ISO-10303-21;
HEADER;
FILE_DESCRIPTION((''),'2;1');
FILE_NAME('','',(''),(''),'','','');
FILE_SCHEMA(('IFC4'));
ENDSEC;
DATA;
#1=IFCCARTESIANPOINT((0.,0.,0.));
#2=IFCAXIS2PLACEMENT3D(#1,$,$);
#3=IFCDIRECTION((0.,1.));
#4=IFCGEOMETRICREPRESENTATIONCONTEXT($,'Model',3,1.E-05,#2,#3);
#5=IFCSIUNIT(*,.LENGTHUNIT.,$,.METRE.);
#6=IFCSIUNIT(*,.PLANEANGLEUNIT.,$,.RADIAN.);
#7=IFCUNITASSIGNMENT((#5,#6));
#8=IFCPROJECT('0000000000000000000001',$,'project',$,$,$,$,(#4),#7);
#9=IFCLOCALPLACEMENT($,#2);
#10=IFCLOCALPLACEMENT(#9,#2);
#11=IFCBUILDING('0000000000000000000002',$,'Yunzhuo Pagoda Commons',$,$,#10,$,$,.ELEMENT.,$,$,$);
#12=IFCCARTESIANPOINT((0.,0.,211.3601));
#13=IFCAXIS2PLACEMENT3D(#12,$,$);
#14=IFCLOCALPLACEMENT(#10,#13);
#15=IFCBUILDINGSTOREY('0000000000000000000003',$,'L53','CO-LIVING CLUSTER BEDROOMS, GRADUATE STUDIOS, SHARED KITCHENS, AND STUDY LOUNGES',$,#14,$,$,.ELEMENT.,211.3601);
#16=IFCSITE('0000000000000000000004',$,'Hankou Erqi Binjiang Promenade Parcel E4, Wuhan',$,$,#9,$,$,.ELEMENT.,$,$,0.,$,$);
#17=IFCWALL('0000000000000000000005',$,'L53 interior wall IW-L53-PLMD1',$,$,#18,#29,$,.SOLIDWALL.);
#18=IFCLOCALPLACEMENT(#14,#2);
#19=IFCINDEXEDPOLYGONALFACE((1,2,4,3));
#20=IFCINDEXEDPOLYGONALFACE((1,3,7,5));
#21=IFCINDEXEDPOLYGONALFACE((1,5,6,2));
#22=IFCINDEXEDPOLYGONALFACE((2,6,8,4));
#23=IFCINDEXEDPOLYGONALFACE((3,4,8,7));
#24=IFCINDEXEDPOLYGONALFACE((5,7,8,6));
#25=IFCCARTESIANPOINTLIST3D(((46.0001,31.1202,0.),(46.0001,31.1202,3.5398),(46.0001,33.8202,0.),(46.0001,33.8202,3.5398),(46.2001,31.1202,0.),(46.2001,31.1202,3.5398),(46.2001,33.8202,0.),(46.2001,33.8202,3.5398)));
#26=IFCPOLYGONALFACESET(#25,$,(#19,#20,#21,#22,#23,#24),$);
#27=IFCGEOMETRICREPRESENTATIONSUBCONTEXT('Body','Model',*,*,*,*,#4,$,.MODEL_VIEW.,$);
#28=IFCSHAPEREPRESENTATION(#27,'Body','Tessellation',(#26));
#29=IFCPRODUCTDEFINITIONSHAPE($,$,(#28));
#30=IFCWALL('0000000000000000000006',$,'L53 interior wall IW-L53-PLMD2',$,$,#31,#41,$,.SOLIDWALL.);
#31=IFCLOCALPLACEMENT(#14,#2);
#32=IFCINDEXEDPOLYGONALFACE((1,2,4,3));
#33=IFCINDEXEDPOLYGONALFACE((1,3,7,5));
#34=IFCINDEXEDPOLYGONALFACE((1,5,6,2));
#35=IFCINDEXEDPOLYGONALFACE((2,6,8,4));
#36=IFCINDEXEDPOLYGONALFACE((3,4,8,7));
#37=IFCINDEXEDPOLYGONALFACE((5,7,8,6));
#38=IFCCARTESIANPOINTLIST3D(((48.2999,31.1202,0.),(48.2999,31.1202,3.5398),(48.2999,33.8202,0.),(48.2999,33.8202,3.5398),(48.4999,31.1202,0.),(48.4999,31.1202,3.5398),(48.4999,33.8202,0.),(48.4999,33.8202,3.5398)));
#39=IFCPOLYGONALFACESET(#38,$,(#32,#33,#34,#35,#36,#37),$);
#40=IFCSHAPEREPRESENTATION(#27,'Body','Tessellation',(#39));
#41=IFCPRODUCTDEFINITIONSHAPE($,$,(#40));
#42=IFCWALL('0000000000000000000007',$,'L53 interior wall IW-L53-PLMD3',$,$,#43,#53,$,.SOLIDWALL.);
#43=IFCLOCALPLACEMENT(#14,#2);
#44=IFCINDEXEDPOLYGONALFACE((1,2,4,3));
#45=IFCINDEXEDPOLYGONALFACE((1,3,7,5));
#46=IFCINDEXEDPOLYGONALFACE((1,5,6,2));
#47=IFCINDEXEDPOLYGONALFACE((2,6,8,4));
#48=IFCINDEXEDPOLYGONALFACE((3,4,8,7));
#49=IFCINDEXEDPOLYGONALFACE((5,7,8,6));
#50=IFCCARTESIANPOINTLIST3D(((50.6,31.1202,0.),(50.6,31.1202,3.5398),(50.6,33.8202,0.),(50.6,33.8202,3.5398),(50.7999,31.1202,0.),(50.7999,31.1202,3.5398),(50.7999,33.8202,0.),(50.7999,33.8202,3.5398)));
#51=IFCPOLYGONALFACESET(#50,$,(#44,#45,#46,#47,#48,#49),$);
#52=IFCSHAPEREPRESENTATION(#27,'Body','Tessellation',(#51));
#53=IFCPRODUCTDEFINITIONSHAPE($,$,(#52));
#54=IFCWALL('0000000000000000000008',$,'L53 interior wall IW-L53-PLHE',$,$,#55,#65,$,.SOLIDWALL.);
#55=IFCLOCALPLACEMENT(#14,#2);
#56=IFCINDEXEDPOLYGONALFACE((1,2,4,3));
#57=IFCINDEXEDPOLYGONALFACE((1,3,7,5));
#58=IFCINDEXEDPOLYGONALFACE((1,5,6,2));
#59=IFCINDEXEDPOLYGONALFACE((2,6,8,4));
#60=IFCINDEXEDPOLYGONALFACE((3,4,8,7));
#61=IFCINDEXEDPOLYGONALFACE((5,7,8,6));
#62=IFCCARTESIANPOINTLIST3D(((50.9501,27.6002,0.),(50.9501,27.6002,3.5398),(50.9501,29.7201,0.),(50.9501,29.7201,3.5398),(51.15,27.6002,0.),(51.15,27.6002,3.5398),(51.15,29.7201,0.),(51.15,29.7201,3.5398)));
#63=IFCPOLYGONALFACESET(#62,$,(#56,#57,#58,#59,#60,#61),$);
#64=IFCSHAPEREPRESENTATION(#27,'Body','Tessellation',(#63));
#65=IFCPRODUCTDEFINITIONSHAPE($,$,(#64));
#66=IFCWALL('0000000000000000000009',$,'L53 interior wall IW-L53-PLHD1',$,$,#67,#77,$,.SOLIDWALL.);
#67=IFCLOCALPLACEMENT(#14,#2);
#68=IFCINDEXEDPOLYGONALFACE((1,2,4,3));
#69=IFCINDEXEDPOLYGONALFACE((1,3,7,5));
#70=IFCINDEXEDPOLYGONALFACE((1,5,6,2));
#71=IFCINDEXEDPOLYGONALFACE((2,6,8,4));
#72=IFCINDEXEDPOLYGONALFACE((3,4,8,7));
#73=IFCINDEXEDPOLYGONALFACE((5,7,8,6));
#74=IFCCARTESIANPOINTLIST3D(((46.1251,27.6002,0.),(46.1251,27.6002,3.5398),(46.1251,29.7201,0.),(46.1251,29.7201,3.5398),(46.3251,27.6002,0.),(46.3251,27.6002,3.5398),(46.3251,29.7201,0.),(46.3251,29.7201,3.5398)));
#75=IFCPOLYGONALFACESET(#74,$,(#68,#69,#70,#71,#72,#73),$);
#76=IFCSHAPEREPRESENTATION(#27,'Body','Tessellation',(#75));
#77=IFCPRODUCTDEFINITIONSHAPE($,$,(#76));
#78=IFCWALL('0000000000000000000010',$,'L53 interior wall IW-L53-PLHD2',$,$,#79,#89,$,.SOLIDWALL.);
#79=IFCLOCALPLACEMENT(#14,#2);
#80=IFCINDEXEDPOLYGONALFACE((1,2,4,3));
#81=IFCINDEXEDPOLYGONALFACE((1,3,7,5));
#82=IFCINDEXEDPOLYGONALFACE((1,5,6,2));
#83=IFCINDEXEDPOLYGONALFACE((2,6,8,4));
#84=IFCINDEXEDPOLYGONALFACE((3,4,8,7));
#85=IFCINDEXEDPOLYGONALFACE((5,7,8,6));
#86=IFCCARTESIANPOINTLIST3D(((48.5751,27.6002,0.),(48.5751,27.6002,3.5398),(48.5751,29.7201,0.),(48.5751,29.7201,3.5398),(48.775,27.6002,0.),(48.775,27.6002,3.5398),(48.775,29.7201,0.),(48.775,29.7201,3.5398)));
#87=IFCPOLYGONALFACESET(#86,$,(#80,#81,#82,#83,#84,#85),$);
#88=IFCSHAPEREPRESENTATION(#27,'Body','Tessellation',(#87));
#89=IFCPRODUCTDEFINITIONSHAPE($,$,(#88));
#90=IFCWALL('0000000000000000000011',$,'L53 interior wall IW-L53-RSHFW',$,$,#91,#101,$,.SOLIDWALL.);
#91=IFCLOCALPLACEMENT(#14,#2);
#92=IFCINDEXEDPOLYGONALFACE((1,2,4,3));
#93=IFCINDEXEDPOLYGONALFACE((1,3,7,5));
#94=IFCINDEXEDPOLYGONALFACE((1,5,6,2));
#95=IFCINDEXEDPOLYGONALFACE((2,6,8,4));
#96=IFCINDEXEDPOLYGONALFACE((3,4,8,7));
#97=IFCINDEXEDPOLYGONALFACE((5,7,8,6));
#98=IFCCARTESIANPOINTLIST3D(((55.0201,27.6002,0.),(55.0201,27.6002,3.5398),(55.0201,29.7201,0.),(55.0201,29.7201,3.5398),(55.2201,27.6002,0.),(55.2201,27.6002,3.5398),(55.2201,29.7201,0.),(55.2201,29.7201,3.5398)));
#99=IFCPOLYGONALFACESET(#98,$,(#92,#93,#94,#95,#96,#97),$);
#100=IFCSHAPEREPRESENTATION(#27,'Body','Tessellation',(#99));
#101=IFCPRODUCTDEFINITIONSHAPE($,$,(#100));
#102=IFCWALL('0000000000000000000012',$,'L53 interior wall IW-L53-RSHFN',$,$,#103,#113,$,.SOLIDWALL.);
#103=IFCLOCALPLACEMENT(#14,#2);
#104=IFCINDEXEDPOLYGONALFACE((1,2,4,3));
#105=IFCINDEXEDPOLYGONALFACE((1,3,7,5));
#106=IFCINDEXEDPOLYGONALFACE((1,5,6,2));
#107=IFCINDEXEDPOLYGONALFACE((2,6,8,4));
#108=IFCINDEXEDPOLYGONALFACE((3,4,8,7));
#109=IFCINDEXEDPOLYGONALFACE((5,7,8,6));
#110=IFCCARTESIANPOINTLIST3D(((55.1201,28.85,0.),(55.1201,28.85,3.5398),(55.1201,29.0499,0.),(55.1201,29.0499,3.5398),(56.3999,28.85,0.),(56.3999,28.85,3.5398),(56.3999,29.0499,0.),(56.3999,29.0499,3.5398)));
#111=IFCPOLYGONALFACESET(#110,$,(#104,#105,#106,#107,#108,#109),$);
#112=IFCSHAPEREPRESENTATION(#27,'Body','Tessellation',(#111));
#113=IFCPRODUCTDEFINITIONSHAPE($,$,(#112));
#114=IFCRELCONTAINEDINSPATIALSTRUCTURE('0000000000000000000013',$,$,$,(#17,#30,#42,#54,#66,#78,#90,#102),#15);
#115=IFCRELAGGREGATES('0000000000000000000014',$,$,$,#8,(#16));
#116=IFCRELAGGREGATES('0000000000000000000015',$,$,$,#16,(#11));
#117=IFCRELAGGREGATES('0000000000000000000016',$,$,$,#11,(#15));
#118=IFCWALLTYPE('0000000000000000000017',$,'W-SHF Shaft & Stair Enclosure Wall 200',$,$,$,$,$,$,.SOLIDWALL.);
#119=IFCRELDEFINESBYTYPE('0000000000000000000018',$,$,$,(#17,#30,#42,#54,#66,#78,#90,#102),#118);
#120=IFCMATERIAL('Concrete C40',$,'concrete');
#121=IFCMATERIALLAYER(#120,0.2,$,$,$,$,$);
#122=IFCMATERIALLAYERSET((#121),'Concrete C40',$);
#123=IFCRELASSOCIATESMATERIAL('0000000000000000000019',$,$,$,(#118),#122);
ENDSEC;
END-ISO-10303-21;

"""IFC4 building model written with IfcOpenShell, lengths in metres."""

from ifc_helpers import new_model, si_unit, direction, frame, frame_2d, origin, place, context, subcontext, project, spatial, rectangle, extrude, material, layer, layer_set, type_object, element, save


model = new_model("IFC4")

# Units and contexts
model_context = context("Model", 3, precision=1e-05, world=origin(), true_north=direction((0.0, 1.0)))
body_context = subcontext(model_context, "Body", "Model", "MODEL_VIEW")
ifc_project = project(units=[si_unit("LENGTHUNIT", "METRE"), si_unit("PLANEANGLEUNIT", "RADIAN")], contexts=[model_context])

# Site, building, storey
site_placement = place(None, origin())
site = spatial("IfcSite", under=ifc_project, at=site_placement, Name="Hankou Erqi Binjiang Promenade Parcel E4, Wuhan", CompositionType="ELEMENT", RefElevation=0.0)
building_placement = place(site_placement, origin())
building = spatial("IfcBuilding", under=site, at=building_placement, Name="Yunzhuo Pagoda Commons", CompositionType="ELEMENT")
storey_placement = place(building_placement, frame((0.0, 0.0, 211.3601)))
storey = spatial("IfcBuildingStorey", under=building, at=storey_placement, Name="L53", Description="CO-LIVING CLUSTER BEDROOMS, GRADUATE STUDIOS, SHARED KITCHENS, AND STUDY LOUNGES", CompositionType="ELEMENT", Elevation=211.3601)

# Shared definitions
ifc_material_1 = material(Name="Concrete C40", Category="concrete")
ifc_layer_1 = layer(ifc_material_1, 0.2)
ifc_layer_set_1 = layer_set([ifc_layer_1], Name="Concrete C40")
wall_type_1 = type_object("IfcWallType", Name="W-SHF Shaft & Stair Enclosure Wall 200", PredefinedType="SOLIDWALL", material=ifc_layer_set_1)

# Walls
for number, where, z_axis, x_axis, name in (
    (1, (46.1001, 31.1201, 0.0), (0.0, 0.0, 1.0), (0.0, 1.0, 0.0), "L53 interior wall IW-L53-PLMD1"),
    (2, (48.3999, 31.1201, 0.0), (0.0, 0.0, 1.0), (0.0, 1.0, 0.0), "L53 interior wall IW-L53-PLMD2"),
    (3, (50.7, 31.1201, 0.0), (0.0, 0.0, 1.0), (0.0, 1.0, 0.0), "L53 interior wall IW-L53-PLMD3"),
):
    element("IfcWall", number, at=place(storey_placement, frame(where, z_axis=z_axis, x_axis=x_axis)), inside=storey, type_object=wall_type_1, Name=name, PredefinedType="SOLIDWALL", context=body_context, shape_type="SweptSolid", body=[
        extrude(rectangle(XDim=2.7, YDim=0.2, at=frame_2d((1.3501, 0.0))), origin(), (0.0, 0.0, 1.0), 3.5398),
    ])
for number, where, z_axis, x_axis, name in (
    (4, (51.05, 27.6001, 0.0), (0.0, 0.0, 1.0), (0.0, 1.0, 0.0), "L53 interior wall IW-L53-PLHE"),
    (5, (46.2251, 27.6001, 0.0), (0.0, 0.0, 1.0), (0.0, 1.0, 0.0), "L53 interior wall IW-L53-PLHD1"),
    (6, (48.675, 27.6001, 0.0), (0.0, 0.0, 1.0), (0.0, 1.0, 0.0), "L53 interior wall IW-L53-PLHD2"),
    (7, (55.1201, 27.6001, 0.0), (0.0, 0.0, 1.0), (0.0, 1.0, 0.0), "L53 interior wall IW-L53-RSHFW"),
):
    element("IfcWall", number, at=place(storey_placement, frame(where, z_axis=z_axis, x_axis=x_axis)), inside=storey, type_object=wall_type_1, Name=name, PredefinedType="SOLIDWALL", context=body_context, shape_type="SweptSolid", body=[
        extrude(rectangle(XDim=2.1199, YDim=0.2, at=frame_2d((1.0601, 0.0))), origin(), (0.0, 0.0, 1.0), 3.5398),
    ])
wall_1_placement = place(storey_placement, frame((55.1201, 28.95, 0.0), z_axis=(0.0, 0.0, 1.0), x_axis=(1.0, 0.0, 0.0)))
element("IfcWall", 8, at=wall_1_placement, inside=storey, type_object=wall_type_1, Name="L53 interior wall IW-L53-RSHFN", PredefinedType="SOLIDWALL", context=body_context, shape_type="SweptSolid", body=[
    extrude(rectangle(XDim=1.2798, YDim=0.2, at=frame_2d((0.6399, 0.0))), origin(), (0.0, 0.0, 1.0), 3.5398),
])

save(model, "model.ifc")
